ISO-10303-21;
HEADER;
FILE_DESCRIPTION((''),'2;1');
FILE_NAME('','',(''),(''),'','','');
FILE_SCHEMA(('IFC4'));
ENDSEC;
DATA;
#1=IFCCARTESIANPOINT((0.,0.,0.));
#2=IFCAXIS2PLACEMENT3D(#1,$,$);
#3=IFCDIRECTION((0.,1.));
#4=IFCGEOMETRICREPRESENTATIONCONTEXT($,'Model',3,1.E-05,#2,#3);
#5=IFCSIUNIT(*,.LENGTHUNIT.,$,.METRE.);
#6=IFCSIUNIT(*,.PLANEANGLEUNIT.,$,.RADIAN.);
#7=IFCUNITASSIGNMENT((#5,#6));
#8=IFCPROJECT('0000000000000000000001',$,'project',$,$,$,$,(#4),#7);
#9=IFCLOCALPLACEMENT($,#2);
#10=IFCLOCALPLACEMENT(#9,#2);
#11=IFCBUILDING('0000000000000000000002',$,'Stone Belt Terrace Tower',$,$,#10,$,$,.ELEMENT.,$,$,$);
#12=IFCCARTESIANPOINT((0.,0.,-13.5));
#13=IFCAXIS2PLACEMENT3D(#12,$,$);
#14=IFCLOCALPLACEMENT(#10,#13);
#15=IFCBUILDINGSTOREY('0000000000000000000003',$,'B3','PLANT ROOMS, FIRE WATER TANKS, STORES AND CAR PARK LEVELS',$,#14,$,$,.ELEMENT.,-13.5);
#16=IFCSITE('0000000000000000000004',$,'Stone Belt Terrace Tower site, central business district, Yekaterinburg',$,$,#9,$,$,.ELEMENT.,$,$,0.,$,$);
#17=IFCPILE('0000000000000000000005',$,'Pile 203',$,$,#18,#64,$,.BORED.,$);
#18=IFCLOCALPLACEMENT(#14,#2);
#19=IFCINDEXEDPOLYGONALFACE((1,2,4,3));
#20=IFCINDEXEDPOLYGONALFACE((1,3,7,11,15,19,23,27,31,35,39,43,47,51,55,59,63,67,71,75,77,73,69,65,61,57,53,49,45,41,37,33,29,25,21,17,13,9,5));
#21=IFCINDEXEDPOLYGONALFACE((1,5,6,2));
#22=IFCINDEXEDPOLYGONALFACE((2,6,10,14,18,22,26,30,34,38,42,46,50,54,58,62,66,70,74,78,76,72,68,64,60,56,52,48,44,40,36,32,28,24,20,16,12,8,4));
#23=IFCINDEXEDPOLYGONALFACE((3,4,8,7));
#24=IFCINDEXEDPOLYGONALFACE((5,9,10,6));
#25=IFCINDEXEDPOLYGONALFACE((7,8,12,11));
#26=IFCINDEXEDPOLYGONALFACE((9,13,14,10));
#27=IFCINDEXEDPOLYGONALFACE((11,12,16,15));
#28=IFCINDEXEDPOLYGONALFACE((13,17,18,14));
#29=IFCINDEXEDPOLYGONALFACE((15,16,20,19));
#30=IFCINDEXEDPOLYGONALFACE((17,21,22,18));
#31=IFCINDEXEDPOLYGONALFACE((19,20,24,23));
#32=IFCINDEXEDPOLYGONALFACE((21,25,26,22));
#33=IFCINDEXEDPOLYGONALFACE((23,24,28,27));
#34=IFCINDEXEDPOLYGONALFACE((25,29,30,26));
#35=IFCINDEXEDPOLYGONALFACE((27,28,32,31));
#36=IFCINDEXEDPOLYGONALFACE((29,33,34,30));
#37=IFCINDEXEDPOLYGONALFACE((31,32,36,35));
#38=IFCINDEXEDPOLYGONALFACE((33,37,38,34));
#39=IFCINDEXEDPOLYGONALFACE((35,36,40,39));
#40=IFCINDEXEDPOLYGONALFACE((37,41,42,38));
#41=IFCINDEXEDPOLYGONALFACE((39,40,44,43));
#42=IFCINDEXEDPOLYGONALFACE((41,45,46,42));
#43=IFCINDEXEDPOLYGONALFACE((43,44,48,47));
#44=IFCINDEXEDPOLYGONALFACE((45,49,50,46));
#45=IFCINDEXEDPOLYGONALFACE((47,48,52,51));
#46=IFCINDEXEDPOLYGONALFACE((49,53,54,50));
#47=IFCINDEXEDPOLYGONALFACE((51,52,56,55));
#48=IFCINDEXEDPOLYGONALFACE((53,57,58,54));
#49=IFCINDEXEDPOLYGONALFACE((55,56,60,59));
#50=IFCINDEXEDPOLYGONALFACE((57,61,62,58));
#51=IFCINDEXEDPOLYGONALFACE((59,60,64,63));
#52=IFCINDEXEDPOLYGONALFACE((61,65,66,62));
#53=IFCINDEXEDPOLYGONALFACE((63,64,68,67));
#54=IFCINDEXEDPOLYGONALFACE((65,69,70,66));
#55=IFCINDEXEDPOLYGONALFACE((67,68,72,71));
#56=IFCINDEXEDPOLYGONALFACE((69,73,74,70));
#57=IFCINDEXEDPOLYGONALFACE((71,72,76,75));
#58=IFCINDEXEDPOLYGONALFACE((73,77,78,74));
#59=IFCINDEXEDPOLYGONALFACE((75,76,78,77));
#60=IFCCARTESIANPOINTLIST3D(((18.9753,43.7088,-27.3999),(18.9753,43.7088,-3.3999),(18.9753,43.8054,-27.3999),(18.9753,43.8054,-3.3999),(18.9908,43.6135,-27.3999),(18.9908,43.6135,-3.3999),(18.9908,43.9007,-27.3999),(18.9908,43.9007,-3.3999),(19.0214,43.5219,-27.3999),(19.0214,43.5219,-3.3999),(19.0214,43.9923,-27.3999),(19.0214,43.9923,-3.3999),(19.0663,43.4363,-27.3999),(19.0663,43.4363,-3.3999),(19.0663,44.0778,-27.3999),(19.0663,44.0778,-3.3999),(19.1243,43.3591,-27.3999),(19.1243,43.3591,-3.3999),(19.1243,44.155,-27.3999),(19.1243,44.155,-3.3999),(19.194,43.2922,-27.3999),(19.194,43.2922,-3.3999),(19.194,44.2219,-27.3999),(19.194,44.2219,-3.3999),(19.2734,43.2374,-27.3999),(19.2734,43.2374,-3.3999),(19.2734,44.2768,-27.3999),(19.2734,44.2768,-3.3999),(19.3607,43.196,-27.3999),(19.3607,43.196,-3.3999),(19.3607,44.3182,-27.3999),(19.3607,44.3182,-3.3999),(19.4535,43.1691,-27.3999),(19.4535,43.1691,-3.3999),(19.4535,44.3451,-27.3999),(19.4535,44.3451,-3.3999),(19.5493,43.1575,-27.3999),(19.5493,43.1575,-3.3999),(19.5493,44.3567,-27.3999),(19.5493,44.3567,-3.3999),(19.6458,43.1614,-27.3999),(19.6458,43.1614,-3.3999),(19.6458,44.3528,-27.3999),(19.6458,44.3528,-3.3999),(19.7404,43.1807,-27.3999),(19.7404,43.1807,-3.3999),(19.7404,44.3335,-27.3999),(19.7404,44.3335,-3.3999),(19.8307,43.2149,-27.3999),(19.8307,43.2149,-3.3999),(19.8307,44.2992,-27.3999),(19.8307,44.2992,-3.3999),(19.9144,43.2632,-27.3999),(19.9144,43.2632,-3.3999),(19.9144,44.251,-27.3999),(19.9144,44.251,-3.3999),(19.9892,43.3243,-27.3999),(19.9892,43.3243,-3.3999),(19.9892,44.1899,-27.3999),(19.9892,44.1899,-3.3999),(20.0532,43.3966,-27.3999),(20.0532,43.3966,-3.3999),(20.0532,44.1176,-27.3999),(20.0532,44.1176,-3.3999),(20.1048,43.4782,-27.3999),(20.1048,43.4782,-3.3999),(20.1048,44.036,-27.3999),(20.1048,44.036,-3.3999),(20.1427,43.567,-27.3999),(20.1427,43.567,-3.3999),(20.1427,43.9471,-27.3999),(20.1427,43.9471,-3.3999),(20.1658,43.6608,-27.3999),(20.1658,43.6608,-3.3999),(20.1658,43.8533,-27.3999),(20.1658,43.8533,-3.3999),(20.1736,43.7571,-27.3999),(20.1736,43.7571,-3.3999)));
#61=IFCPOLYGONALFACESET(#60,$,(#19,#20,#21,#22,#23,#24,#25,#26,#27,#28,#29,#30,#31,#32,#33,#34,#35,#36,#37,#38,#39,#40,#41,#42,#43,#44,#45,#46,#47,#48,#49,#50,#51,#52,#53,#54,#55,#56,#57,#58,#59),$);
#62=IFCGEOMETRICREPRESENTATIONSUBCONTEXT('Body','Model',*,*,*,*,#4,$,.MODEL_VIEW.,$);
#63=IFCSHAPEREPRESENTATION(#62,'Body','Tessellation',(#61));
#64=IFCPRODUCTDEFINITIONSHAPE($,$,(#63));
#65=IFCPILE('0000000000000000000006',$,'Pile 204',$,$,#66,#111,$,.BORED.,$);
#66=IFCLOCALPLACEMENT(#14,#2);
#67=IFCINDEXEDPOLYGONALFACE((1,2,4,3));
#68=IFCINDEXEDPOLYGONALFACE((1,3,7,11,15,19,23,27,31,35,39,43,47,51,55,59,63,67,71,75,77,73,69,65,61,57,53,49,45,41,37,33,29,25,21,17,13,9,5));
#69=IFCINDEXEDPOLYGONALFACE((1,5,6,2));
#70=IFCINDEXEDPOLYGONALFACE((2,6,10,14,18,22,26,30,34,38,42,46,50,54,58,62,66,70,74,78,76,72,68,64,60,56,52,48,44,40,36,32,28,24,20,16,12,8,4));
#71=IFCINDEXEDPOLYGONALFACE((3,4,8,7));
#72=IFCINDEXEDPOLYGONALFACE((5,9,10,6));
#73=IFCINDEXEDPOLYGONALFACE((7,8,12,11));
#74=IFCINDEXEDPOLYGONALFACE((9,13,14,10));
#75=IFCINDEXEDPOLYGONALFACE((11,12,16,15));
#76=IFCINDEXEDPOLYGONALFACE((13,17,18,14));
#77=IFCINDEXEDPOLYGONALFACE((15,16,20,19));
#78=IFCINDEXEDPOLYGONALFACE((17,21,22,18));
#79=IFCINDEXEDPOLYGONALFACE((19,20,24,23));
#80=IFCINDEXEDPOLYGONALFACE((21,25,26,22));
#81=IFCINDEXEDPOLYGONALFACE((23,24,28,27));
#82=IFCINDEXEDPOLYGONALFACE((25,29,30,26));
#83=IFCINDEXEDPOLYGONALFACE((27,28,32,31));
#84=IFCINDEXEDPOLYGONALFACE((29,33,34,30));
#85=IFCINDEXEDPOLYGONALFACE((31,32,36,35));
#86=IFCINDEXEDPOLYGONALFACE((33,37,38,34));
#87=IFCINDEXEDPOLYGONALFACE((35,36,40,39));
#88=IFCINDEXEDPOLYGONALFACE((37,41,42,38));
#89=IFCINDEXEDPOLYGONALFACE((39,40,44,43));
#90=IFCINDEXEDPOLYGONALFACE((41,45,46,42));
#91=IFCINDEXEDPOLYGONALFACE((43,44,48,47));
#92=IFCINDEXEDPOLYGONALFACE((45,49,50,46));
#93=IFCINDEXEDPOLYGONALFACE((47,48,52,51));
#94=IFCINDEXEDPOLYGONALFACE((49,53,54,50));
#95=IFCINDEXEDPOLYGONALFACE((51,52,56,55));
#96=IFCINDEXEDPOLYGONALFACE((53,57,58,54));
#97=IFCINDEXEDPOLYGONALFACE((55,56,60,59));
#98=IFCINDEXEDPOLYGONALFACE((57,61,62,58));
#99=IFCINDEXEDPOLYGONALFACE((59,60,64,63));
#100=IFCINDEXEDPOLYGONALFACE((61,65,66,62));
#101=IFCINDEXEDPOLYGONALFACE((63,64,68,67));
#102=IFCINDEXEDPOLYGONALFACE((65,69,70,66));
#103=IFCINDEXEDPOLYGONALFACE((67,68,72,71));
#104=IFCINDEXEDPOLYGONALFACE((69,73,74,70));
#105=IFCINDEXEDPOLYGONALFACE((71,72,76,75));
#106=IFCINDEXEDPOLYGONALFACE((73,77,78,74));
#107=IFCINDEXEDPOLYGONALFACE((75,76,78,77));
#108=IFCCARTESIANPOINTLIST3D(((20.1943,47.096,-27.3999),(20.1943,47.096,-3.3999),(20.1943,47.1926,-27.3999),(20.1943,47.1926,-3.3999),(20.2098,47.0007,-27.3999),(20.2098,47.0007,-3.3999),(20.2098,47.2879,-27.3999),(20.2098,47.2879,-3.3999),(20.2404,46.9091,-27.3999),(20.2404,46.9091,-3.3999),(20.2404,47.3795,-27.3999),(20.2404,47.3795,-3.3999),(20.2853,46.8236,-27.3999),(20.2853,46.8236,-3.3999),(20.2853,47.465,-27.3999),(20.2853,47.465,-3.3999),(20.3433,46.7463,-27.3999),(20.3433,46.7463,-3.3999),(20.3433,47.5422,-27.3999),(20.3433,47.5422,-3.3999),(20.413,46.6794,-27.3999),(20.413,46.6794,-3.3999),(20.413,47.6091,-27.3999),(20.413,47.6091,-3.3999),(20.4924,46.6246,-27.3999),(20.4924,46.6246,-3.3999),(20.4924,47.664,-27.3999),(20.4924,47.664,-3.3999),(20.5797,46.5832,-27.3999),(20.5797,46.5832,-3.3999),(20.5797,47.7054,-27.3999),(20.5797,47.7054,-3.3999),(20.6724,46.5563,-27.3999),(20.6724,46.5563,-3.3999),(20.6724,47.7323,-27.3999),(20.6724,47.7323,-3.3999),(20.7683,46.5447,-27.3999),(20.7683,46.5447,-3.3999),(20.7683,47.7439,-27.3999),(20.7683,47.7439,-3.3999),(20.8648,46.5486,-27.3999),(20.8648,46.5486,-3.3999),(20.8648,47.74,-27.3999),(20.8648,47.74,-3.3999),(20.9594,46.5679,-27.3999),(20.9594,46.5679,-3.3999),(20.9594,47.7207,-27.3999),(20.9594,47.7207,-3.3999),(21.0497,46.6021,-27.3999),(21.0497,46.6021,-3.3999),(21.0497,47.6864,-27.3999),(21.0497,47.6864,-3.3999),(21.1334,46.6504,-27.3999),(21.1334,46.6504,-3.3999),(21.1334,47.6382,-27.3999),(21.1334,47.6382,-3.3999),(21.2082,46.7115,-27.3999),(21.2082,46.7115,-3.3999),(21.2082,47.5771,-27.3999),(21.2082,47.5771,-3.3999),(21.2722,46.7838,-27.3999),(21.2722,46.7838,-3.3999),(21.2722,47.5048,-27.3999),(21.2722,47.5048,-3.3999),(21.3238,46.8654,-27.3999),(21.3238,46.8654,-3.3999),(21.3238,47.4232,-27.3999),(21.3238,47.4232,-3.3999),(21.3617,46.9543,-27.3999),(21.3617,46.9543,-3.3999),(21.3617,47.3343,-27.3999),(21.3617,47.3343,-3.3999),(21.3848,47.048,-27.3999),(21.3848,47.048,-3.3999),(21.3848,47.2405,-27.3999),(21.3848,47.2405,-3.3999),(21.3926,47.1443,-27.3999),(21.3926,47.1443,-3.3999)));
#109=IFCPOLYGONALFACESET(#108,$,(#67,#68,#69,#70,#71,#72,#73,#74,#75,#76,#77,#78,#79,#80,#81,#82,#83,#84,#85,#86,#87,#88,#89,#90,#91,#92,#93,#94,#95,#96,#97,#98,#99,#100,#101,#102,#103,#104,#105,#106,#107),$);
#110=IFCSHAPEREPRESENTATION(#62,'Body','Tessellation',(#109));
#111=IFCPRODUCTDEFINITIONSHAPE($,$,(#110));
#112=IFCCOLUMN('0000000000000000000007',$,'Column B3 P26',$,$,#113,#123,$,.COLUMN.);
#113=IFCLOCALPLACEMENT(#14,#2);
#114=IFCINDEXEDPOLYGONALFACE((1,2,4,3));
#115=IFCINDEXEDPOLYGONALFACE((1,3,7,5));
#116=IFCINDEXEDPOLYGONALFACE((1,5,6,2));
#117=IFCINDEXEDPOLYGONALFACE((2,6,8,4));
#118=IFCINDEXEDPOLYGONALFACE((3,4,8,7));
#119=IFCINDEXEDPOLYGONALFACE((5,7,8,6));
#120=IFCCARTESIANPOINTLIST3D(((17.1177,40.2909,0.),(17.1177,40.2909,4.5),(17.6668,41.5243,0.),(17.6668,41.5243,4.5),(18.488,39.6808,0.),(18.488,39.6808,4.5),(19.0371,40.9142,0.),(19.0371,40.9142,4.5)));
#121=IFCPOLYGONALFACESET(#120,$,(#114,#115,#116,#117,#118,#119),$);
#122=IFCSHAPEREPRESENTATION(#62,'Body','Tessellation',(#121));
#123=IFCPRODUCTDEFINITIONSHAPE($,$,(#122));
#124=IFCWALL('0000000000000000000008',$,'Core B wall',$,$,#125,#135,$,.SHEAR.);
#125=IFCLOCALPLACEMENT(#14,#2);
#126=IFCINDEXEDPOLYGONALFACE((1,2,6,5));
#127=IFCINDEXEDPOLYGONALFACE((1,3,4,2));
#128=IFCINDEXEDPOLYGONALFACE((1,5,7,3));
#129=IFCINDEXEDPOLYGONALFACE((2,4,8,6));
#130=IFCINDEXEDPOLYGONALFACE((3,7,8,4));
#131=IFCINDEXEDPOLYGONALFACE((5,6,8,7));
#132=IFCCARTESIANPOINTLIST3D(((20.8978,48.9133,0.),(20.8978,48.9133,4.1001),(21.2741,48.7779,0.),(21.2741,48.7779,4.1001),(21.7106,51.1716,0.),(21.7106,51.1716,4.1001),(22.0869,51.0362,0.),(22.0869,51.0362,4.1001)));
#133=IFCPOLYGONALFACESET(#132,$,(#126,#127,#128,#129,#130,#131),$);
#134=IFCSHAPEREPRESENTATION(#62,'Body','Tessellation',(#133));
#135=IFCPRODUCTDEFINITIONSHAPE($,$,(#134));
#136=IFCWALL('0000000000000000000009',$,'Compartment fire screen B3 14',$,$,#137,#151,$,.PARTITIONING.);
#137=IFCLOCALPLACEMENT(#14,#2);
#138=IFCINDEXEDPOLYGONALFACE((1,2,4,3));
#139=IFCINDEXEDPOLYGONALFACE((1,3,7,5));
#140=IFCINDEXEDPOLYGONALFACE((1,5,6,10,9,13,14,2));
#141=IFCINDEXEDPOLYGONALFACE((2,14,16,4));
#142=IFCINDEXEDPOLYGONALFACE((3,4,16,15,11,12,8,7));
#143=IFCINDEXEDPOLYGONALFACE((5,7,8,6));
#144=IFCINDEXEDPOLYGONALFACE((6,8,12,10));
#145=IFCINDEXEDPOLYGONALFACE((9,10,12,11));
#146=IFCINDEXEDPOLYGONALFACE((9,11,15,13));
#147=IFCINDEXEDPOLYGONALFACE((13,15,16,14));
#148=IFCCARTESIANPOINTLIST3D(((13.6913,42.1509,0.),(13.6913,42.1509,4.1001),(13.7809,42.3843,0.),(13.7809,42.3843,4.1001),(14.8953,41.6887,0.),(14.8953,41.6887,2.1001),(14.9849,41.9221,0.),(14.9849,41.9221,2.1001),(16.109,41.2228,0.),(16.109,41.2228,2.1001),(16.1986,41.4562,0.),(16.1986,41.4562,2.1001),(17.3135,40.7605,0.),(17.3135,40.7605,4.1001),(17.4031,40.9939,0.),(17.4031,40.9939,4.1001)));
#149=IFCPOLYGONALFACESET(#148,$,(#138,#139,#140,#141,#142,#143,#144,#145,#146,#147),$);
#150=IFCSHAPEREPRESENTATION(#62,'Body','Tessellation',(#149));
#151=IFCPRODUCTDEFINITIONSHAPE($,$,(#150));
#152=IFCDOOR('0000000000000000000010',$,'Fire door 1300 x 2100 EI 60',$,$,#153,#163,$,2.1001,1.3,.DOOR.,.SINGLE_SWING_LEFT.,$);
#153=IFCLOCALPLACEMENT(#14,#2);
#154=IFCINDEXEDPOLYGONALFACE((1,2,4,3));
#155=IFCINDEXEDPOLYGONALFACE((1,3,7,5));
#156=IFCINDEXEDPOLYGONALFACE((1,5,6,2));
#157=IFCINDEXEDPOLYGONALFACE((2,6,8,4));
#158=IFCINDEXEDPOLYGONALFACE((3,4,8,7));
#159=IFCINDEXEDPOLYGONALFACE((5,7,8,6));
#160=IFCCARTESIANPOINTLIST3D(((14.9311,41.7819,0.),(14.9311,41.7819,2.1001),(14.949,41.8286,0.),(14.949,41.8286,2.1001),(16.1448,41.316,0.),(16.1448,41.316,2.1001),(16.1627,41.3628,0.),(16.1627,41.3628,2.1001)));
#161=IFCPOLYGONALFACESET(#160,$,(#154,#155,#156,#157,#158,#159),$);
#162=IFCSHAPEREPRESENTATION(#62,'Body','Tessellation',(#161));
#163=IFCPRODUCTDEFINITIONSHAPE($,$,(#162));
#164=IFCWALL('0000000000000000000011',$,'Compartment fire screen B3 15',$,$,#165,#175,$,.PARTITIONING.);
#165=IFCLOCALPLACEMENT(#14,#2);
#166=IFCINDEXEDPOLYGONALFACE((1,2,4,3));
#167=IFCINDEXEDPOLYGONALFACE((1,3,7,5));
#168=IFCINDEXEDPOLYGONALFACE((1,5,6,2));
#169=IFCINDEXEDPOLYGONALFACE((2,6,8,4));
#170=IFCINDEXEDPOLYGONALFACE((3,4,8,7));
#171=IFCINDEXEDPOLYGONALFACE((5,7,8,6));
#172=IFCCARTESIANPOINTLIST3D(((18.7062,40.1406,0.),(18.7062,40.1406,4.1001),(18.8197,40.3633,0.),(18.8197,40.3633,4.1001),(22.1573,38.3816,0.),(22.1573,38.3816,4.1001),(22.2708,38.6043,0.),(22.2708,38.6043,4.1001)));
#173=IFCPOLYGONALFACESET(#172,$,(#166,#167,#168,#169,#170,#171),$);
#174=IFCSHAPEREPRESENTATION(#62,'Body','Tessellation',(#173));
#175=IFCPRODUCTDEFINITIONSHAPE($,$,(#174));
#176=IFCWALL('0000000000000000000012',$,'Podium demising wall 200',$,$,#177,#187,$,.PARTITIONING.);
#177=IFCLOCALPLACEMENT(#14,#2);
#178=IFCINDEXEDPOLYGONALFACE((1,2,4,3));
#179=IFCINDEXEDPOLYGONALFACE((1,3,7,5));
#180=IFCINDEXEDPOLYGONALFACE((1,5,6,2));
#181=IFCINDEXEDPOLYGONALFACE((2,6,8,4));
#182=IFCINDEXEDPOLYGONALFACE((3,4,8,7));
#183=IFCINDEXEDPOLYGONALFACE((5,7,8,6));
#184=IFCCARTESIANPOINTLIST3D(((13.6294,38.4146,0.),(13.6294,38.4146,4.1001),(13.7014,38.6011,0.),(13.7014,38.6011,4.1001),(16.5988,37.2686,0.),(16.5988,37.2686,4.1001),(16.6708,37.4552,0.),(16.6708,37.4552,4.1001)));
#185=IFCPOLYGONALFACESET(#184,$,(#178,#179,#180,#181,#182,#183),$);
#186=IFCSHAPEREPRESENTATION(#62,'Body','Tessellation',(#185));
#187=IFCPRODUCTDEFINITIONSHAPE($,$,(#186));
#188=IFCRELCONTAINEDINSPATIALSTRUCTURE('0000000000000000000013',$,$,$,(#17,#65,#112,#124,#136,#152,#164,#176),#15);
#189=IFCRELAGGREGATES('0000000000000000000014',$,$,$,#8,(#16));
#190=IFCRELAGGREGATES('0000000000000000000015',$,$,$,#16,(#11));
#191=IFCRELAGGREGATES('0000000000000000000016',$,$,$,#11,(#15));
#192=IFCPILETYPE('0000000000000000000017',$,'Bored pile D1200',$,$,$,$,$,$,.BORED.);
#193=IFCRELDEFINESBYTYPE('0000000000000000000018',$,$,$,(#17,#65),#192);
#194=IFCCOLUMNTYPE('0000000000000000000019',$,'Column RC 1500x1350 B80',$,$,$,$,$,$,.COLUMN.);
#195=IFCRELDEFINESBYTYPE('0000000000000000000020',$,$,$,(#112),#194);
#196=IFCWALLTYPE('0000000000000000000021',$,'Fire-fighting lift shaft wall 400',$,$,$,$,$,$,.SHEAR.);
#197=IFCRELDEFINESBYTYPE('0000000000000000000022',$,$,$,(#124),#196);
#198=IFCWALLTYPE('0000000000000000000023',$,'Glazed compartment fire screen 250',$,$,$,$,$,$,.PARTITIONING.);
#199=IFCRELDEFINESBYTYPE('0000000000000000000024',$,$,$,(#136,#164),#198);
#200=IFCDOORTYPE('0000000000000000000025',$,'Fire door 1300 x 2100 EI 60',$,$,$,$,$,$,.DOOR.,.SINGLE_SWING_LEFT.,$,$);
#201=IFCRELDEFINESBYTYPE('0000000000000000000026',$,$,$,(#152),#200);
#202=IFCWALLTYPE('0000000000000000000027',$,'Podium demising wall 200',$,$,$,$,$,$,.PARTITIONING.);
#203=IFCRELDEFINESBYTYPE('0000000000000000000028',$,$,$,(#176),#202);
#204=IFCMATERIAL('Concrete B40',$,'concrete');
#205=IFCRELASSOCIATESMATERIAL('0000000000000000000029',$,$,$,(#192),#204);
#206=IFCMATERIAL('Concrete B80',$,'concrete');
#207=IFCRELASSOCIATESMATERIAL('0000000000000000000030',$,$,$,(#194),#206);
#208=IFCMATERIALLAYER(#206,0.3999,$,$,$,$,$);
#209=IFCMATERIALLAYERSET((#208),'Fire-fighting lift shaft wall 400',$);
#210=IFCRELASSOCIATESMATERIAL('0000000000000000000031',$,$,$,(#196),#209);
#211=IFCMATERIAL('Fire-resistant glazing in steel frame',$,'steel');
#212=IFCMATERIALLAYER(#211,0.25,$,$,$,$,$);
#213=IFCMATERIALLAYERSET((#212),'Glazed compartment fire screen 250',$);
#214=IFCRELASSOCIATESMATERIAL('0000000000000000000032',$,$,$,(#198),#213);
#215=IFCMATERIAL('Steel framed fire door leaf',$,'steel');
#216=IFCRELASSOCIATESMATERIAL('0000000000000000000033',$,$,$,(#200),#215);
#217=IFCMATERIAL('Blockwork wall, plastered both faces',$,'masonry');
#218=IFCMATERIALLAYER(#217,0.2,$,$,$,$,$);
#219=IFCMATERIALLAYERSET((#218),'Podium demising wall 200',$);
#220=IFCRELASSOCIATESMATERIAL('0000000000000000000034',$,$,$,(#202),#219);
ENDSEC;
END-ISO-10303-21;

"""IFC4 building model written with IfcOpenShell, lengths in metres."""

from ifc_helpers import new_model, si_unit, direction, frame, frame_2d, origin, origin_2d, place, context, subcontext, project, spatial, rectangle, circle, extrude, material, layer, layer_set, material_profile, profile_set, type_object, element, fill, save


model = new_model("IFC4")

# Units and contexts
model_context = context("Model", 3, precision=1e-05, world=origin(), true_north=direction((0.0, 1.0)))
body_context = subcontext(model_context, "Body", "Model", "MODEL_VIEW")
ifc_project = project(units=[si_unit("LENGTHUNIT", "METRE"), si_unit("PLANEANGLEUNIT", "RADIAN")], contexts=[model_context])

# Site, building, storey
site_placement = place(None, origin())
site = spatial("IfcSite", under=ifc_project, at=site_placement, Name="Stone Belt Terrace Tower site, central business district, Yekaterinburg", CompositionType="ELEMENT", RefElevation=0.0)
building_placement = place(site_placement, origin())
building = spatial("IfcBuilding", under=site, at=building_placement, Name="Stone Belt Terrace Tower", CompositionType="ELEMENT")
storey_placement = place(building_placement, frame((0.0, 0.0, -13.5)))
storey = spatial("IfcBuildingStorey", under=building, at=storey_placement, Name="B3", Description="PLANT ROOMS, FIRE WATER TANKS, STORES AND CAR PARK LEVELS", CompositionType="ELEMENT", Elevation=-13.5)

# Piles
ifc_material_1 = material(Name="Concrete B40", Category="concrete")
ifc_material_profile_1 = material_profile(ifc_material_1, circle(Radius=0.6001, at=origin_2d()), Name="PILE D1200")
ifc_profile_set_1 = profile_set([ifc_material_profile_1], Name="Concrete B40")
pile_type = type_object("IfcPileType", Name="Bored pile D1200", PredefinedType="BORED", material=ifc_profile_set_1)
for number, where, z_axis, x_axis, name in (
    (1, (19.5735, 43.7571, -3.3999), (0.0, 0.0, -1.0), (1.0, 0.0, 0.0), "Pile 203"),
    (2, (20.7925, 47.1443, -3.3999), (0.0, 0.0, -1.0), (1.0, 0.0, 0.0), "Pile 204"),
):
    element("IfcPile", number, at=place(storey_placement, frame(where, z_axis=z_axis, x_axis=x_axis)), inside=storey, type_object=pile_type, Name=name, PredefinedType="BORED", context=body_context, shape_type="SweptSolid", body=[
        extrude(circle(Radius=0.6001, at=origin_2d()), origin(), (0.0, 0.0, 1.0), 24.0),
    ])

# Column
ifc_material_2 = material(Name="Concrete B80", Category="concrete")
ifc_material_profile_2 = material_profile(ifc_material_2, rectangle(XDim=1.5, YDim=1.3501, at=origin_2d()), Name="RC 1500x1350")
ifc_profile_set_2 = profile_set([ifc_material_profile_2], Name="Concrete B80")
column_type = type_object("IfcColumnType", Name="Column RC 1500x1350 B80", PredefinedType="COLUMN", material=ifc_profile_set_2)
column_placement = place(storey_placement, frame((18.0774, 40.6025, 0.0), z_axis=(0.0, 0.0, 1.0), x_axis=(0.913545, -0.406737, 0.0)))
element("IfcColumn", 3, at=column_placement, inside=storey, type_object=column_type, Name="Column B3 P26", PredefinedType="COLUMN", context=body_context, shape_type="SweptSolid", body=[
    extrude(rectangle(XDim=1.5, YDim=1.3501, at=origin_2d()), origin(), (0.0, 0.0, 1.0), 4.5),
])

# Wall
ifc_layer_1 = layer(ifc_material_2, 0.3999)
ifc_layer_set_1 = layer_set([ifc_layer_1], Name="Fire-fighting lift shaft wall 400")
wall_type_1 = type_object("IfcWallType", Name="Fire-fighting lift shaft wall 400", PredefinedType="SHEAR", material=ifc_layer_set_1)
wall_1_placement = place(storey_placement, frame((21.0859, 48.8455, 0.0), z_axis=(0.0, 0.0, 1.0), x_axis=(0.338629, 0.94092, 0.0)))
element("IfcWall", 4, at=wall_1_placement, inside=storey, type_object=wall_type_1, Name="Core B wall", PredefinedType="SHEAR", context=body_context, shape_type="SweptSolid", body=[
    extrude(rectangle(XDim=2.4001, YDim=0.3999, at=frame_2d((1.2002, 0.0))), origin(), (0.0, 0.0, 1.0), 4.1001),
])

# Wall, opening, door
ifc_material_3 = material(Name="Fire-resistant glazing in steel frame", Category="steel")
ifc_layer_2 = layer(ifc_material_3, 0.25)
ifc_layer_set_2 = layer_set([ifc_layer_2], Name="Glazed compartment fire screen 250")
wall_type_2 = type_object("IfcWallType", Name="Glazed compartment fire screen 250", PredefinedType="PARTITIONING", material=ifc_layer_set_2)
wall_2_placement = place(storey_placement, frame((13.7361, 42.2676, 0.0), z_axis=(0.0, 0.0, 1.0), x_axis=(0.933581, -0.358368, 0.0)))
wall_2 = element("IfcWall", 5, at=wall_2_placement, inside=storey, type_object=wall_type_2, Name="Compartment fire screen B3 14", PredefinedType="PARTITIONING", context=body_context, shape_type="SweptSolid", body=[
    extrude(rectangle(XDim=3.8799, YDim=0.25, at=frame_2d((1.9399, 0.0))), origin(), (0.0, 0.0, 1.0), 4.1001),
])
opening_1_placement = place(wall_2_placement, frame((1.2898, 0.0, 0.0)))
opening_1 = element("IfcOpeningElement", 6, at=opening_1_placement, cuts=wall_2, PredefinedType="OPENING", context=body_context, shape_type="SweptSolid", body=[
    extrude(rectangle(XDim=1.3, YDim=2.1001, at=frame_2d((0.6499, 1.05))), frame((0.0, 0.135, 0.0), z_axis=(0.0, -1.0, 0.0), x_axis=(1.0, 0.0, 0.0)), (0.0, 0.0, 1.0), 0.27),
])
ifc_material_4 = material(Name="Steel framed fire door leaf", Category="steel")
door_type_1 = type_object("IfcDoorType", Name="Fire door 1300 x 2100 EI 60", OperationType="SINGLE_SWING_LEFT", PredefinedType="DOOR", material=ifc_material_4)
door_1_placement = place(opening_1_placement, origin())
door_1 = element("IfcDoor", 7, at=door_1_placement, inside=storey, type_object=door_type_1, Name="Fire door 1300 x 2100 EI 60", OperationType="SINGLE_SWING_LEFT", OverallHeight=2.1001, OverallWidth=1.3, PredefinedType="DOOR", context=body_context, shape_type="SweptSolid", body=[
    extrude(rectangle(XDim=1.3, YDim=2.1001, at=frame_2d((0.6499, 1.05))), frame((0.0, 0.0249, 0.0), z_axis=(0.0, -1.0, 0.0), x_axis=(1.0, 0.0, 0.0)), (0.0, 0.0, 1.0), 0.05),
])
fill(opening_1, door_1)

# Walls
wall_3_placement = place(storey_placement, frame((18.7629, 40.252, 0.0), z_axis=(0.0, 0.0, 1.0), x_axis=(0.890947, -0.454108, 0.0)))
element("IfcWall", 8, at=wall_3_placement, inside=storey, type_object=wall_type_2, Name="Compartment fire screen B3 15", PredefinedType="PARTITIONING", context=body_context, shape_type="SweptSolid", body=[
    extrude(rectangle(XDim=3.8735, YDim=0.25, at=frame_2d((1.9368, 0.0))), origin(), (0.0, 0.0, 1.0), 4.1001),
])
ifc_material_5 = material(Name="Blockwork wall, plastered both faces", Category="masonry")
ifc_layer_3 = layer(ifc_material_5, 0.2)
ifc_layer_set_3 = layer_set([ifc_layer_3], Name="Podium demising wall 200")
wall_type_3 = type_object("IfcWallType", Name="Podium demising wall 200", PredefinedType="PARTITIONING", material=ifc_layer_set_3)
wall_4_placement = place(storey_placement, frame((13.6655, 38.5078, 0.0), z_axis=(0.0, 0.0, 1.0), x_axis=(0.932936, -0.360043, 0.0)))
element("IfcWall", 9, at=wall_4_placement, inside=storey, type_object=wall_type_3, Name="Podium demising wall 200", PredefinedType="PARTITIONING", context=body_context, shape_type="SweptSolid", body=[
    extrude(rectangle(XDim=3.1829, YDim=0.2, at=frame_2d((1.5913, 0.0))), origin(), (0.0, 0.0, 1.0), 4.1001),
])

save(model, "model.ifc")
